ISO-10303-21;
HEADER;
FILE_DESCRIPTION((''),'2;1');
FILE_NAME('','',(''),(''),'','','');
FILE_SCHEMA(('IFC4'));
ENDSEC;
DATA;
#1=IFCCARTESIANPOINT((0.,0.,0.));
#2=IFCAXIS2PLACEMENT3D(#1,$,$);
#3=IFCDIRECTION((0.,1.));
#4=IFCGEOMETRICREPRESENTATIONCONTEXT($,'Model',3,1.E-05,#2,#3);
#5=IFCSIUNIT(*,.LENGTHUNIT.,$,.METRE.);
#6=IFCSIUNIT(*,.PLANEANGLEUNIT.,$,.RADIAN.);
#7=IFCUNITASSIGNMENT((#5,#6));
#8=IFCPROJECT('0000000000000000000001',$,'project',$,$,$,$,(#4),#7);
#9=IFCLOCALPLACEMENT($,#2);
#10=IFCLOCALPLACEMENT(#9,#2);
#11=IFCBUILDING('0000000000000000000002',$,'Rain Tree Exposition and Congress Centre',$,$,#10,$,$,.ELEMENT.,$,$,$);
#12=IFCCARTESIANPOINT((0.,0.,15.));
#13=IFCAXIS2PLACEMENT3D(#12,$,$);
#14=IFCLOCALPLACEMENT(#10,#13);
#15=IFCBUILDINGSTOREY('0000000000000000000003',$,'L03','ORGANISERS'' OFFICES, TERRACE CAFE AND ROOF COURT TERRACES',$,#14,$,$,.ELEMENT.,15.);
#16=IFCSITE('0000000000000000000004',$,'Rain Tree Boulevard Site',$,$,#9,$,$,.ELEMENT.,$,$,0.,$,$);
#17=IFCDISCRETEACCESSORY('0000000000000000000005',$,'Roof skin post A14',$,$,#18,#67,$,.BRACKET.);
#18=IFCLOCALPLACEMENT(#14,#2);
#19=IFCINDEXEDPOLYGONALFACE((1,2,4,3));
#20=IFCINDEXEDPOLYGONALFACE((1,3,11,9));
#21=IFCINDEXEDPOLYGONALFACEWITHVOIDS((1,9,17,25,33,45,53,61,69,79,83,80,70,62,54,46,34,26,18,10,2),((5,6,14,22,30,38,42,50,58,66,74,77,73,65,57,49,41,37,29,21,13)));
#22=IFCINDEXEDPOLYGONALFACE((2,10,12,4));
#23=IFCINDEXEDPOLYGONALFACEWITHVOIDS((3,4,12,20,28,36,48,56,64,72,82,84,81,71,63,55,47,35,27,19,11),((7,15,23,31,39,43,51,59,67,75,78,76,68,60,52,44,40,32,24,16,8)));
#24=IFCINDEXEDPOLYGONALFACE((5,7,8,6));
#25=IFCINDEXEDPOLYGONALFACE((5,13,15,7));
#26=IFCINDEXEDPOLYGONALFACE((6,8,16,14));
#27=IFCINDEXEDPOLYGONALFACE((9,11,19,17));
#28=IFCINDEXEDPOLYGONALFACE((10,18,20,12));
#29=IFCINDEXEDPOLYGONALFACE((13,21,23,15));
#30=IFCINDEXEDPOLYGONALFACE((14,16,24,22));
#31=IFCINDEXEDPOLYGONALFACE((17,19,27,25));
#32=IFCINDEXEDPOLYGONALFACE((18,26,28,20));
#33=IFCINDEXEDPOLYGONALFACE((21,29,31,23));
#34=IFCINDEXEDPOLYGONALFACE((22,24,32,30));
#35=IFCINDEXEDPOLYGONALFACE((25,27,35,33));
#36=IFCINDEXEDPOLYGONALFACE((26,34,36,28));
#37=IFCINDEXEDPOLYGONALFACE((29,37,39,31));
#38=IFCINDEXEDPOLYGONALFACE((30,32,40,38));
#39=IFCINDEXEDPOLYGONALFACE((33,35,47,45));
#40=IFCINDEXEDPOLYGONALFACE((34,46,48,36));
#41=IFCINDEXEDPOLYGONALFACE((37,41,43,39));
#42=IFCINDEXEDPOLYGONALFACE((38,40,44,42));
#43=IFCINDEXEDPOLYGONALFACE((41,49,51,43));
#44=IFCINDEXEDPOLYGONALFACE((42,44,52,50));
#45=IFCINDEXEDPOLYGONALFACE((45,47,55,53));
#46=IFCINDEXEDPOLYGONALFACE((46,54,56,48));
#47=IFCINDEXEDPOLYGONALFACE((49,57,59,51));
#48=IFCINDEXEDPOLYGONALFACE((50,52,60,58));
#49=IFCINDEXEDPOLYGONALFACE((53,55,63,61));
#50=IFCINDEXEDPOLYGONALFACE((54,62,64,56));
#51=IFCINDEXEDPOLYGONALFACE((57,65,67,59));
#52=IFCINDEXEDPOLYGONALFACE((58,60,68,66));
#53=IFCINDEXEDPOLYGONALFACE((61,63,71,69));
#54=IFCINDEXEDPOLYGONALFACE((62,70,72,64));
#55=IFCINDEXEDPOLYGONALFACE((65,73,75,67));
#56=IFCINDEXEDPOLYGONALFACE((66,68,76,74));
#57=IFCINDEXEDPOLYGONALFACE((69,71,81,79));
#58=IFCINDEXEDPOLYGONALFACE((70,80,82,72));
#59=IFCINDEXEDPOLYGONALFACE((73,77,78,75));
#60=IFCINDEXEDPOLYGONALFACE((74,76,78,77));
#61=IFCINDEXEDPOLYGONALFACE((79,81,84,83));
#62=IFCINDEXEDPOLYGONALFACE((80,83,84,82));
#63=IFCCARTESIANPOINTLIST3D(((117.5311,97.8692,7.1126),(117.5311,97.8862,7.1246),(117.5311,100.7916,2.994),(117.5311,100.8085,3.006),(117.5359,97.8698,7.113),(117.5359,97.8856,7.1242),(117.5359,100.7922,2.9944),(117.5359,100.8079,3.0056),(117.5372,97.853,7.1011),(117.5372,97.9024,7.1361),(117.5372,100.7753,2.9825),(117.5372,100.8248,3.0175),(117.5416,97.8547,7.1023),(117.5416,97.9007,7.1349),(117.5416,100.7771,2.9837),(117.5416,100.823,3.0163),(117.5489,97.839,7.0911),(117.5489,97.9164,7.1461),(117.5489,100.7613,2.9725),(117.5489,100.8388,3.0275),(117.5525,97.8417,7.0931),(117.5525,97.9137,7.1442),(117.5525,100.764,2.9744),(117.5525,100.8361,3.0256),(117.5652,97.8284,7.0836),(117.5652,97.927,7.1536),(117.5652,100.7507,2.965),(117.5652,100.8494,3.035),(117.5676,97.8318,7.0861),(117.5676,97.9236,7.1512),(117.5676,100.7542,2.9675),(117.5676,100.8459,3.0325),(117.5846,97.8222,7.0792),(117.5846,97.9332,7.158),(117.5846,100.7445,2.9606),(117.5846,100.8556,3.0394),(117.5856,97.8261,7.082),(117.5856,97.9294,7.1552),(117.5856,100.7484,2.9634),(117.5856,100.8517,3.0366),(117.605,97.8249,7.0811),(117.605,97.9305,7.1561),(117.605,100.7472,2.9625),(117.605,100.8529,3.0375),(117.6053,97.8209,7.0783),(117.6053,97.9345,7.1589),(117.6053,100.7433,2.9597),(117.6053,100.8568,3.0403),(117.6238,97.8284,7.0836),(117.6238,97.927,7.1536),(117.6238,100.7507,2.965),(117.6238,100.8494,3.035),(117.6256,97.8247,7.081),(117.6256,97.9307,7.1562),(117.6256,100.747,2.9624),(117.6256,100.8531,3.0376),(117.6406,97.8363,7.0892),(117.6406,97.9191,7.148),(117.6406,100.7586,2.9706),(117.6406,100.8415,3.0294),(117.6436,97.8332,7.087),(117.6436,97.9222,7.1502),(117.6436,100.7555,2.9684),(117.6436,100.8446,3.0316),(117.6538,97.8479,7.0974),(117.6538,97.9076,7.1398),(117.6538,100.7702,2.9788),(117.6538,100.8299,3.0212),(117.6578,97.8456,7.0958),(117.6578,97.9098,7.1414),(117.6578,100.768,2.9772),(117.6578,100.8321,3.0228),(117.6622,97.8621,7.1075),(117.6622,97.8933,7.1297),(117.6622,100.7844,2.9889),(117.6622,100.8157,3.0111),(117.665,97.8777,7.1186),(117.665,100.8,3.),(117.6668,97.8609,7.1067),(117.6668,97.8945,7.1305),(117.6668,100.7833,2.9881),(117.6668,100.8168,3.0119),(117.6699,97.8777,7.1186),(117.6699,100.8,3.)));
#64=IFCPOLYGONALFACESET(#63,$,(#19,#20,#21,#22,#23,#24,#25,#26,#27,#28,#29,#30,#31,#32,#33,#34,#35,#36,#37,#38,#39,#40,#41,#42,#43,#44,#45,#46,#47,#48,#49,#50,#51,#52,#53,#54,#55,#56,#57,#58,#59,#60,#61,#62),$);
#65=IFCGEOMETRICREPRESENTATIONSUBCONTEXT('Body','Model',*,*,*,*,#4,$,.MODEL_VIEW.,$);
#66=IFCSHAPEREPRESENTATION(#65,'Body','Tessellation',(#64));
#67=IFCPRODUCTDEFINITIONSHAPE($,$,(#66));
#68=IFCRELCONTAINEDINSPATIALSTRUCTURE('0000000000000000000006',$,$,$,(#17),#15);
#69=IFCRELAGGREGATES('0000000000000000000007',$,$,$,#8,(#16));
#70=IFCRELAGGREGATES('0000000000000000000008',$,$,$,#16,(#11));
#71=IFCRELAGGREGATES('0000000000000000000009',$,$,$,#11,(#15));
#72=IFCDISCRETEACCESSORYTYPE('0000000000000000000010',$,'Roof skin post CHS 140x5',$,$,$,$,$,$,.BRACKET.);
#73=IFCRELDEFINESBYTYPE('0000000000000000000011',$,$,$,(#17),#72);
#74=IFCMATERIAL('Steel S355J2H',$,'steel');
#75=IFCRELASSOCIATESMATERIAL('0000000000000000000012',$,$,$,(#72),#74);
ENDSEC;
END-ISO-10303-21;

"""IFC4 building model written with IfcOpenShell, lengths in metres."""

from ifc_helpers import new_model, si_unit, direction, frame, origin, origin_2d, place, context, subcontext, project, spatial, hollow_circle, extrude, material, material_profile, profile_set, type_object, element, save


model = new_model("IFC4")

# Units and contexts
model_context = context("Model", 3, precision=1e-05, world=origin(), true_north=direction((0.0, 1.0)))
body_context = subcontext(model_context, "Body", "Model", "MODEL_VIEW")
ifc_project = project(units=[si_unit("LENGTHUNIT", "METRE"), si_unit("PLANEANGLEUNIT", "RADIAN")], contexts=[model_context])

# Site, building, storey
site_placement = place(None, origin())
site = spatial("IfcSite", under=ifc_project, at=site_placement, Name="Rain Tree Boulevard Site", CompositionType="ELEMENT", RefElevation=0.0)
building_placement = place(site_placement, origin())
building = spatial("IfcBuilding", under=site, at=building_placement, Name="Rain Tree Exposition and Congress Centre", CompositionType="ELEMENT")
storey_placement = place(building_placement, frame((0.0, 0.0, 15.0)))
storey = spatial("IfcBuildingStorey", under=building, at=storey_placement, Name="L03", Description="ORGANISERS' OFFICES, TERRACE CAFE AND ROOF COURT TERRACES", CompositionType="ELEMENT", Elevation=15.0)

# Discrete accessory
ifc_material_1 = material(Name="Steel S355J2H", Category="steel")
ifc_material_profile_1 = material_profile(ifc_material_1, hollow_circle(Radius=0.0698, WallThickness=0.0049, at=origin_2d()), Name="CHS 140x5")
ifc_profile_set_1 = profile_set([ifc_material_profile_1], Name="Steel S355J2H")
discrete_accessory_type_1 = type_object("IfcDiscreteAccessoryType", Name="Roof skin post CHS 140x5", PredefinedType="BRACKET", material=ifc_profile_set_1)
discrete_accessory_1_placement = place(storey_placement, frame((117.6001, 100.8, 3.0), z_axis=(0.0, -0.578674, 0.815559), x_axis=(1.0, 0.0, 0.0)))
element("IfcDiscreteAccessory", 1, at=discrete_accessory_1_placement, inside=storey, type_object=discrete_accessory_type_1, Name="Roof skin post A14", PredefinedType="BRACKET", context=body_context, shape_type="SweptSolid", body=[
    extrude(hollow_circle(Radius=0.0698, WallThickness=0.0049, at=origin_2d()), origin(), (0.0, 0.0, 1.0), 5.05),
])

save(model, "model.ifc")
